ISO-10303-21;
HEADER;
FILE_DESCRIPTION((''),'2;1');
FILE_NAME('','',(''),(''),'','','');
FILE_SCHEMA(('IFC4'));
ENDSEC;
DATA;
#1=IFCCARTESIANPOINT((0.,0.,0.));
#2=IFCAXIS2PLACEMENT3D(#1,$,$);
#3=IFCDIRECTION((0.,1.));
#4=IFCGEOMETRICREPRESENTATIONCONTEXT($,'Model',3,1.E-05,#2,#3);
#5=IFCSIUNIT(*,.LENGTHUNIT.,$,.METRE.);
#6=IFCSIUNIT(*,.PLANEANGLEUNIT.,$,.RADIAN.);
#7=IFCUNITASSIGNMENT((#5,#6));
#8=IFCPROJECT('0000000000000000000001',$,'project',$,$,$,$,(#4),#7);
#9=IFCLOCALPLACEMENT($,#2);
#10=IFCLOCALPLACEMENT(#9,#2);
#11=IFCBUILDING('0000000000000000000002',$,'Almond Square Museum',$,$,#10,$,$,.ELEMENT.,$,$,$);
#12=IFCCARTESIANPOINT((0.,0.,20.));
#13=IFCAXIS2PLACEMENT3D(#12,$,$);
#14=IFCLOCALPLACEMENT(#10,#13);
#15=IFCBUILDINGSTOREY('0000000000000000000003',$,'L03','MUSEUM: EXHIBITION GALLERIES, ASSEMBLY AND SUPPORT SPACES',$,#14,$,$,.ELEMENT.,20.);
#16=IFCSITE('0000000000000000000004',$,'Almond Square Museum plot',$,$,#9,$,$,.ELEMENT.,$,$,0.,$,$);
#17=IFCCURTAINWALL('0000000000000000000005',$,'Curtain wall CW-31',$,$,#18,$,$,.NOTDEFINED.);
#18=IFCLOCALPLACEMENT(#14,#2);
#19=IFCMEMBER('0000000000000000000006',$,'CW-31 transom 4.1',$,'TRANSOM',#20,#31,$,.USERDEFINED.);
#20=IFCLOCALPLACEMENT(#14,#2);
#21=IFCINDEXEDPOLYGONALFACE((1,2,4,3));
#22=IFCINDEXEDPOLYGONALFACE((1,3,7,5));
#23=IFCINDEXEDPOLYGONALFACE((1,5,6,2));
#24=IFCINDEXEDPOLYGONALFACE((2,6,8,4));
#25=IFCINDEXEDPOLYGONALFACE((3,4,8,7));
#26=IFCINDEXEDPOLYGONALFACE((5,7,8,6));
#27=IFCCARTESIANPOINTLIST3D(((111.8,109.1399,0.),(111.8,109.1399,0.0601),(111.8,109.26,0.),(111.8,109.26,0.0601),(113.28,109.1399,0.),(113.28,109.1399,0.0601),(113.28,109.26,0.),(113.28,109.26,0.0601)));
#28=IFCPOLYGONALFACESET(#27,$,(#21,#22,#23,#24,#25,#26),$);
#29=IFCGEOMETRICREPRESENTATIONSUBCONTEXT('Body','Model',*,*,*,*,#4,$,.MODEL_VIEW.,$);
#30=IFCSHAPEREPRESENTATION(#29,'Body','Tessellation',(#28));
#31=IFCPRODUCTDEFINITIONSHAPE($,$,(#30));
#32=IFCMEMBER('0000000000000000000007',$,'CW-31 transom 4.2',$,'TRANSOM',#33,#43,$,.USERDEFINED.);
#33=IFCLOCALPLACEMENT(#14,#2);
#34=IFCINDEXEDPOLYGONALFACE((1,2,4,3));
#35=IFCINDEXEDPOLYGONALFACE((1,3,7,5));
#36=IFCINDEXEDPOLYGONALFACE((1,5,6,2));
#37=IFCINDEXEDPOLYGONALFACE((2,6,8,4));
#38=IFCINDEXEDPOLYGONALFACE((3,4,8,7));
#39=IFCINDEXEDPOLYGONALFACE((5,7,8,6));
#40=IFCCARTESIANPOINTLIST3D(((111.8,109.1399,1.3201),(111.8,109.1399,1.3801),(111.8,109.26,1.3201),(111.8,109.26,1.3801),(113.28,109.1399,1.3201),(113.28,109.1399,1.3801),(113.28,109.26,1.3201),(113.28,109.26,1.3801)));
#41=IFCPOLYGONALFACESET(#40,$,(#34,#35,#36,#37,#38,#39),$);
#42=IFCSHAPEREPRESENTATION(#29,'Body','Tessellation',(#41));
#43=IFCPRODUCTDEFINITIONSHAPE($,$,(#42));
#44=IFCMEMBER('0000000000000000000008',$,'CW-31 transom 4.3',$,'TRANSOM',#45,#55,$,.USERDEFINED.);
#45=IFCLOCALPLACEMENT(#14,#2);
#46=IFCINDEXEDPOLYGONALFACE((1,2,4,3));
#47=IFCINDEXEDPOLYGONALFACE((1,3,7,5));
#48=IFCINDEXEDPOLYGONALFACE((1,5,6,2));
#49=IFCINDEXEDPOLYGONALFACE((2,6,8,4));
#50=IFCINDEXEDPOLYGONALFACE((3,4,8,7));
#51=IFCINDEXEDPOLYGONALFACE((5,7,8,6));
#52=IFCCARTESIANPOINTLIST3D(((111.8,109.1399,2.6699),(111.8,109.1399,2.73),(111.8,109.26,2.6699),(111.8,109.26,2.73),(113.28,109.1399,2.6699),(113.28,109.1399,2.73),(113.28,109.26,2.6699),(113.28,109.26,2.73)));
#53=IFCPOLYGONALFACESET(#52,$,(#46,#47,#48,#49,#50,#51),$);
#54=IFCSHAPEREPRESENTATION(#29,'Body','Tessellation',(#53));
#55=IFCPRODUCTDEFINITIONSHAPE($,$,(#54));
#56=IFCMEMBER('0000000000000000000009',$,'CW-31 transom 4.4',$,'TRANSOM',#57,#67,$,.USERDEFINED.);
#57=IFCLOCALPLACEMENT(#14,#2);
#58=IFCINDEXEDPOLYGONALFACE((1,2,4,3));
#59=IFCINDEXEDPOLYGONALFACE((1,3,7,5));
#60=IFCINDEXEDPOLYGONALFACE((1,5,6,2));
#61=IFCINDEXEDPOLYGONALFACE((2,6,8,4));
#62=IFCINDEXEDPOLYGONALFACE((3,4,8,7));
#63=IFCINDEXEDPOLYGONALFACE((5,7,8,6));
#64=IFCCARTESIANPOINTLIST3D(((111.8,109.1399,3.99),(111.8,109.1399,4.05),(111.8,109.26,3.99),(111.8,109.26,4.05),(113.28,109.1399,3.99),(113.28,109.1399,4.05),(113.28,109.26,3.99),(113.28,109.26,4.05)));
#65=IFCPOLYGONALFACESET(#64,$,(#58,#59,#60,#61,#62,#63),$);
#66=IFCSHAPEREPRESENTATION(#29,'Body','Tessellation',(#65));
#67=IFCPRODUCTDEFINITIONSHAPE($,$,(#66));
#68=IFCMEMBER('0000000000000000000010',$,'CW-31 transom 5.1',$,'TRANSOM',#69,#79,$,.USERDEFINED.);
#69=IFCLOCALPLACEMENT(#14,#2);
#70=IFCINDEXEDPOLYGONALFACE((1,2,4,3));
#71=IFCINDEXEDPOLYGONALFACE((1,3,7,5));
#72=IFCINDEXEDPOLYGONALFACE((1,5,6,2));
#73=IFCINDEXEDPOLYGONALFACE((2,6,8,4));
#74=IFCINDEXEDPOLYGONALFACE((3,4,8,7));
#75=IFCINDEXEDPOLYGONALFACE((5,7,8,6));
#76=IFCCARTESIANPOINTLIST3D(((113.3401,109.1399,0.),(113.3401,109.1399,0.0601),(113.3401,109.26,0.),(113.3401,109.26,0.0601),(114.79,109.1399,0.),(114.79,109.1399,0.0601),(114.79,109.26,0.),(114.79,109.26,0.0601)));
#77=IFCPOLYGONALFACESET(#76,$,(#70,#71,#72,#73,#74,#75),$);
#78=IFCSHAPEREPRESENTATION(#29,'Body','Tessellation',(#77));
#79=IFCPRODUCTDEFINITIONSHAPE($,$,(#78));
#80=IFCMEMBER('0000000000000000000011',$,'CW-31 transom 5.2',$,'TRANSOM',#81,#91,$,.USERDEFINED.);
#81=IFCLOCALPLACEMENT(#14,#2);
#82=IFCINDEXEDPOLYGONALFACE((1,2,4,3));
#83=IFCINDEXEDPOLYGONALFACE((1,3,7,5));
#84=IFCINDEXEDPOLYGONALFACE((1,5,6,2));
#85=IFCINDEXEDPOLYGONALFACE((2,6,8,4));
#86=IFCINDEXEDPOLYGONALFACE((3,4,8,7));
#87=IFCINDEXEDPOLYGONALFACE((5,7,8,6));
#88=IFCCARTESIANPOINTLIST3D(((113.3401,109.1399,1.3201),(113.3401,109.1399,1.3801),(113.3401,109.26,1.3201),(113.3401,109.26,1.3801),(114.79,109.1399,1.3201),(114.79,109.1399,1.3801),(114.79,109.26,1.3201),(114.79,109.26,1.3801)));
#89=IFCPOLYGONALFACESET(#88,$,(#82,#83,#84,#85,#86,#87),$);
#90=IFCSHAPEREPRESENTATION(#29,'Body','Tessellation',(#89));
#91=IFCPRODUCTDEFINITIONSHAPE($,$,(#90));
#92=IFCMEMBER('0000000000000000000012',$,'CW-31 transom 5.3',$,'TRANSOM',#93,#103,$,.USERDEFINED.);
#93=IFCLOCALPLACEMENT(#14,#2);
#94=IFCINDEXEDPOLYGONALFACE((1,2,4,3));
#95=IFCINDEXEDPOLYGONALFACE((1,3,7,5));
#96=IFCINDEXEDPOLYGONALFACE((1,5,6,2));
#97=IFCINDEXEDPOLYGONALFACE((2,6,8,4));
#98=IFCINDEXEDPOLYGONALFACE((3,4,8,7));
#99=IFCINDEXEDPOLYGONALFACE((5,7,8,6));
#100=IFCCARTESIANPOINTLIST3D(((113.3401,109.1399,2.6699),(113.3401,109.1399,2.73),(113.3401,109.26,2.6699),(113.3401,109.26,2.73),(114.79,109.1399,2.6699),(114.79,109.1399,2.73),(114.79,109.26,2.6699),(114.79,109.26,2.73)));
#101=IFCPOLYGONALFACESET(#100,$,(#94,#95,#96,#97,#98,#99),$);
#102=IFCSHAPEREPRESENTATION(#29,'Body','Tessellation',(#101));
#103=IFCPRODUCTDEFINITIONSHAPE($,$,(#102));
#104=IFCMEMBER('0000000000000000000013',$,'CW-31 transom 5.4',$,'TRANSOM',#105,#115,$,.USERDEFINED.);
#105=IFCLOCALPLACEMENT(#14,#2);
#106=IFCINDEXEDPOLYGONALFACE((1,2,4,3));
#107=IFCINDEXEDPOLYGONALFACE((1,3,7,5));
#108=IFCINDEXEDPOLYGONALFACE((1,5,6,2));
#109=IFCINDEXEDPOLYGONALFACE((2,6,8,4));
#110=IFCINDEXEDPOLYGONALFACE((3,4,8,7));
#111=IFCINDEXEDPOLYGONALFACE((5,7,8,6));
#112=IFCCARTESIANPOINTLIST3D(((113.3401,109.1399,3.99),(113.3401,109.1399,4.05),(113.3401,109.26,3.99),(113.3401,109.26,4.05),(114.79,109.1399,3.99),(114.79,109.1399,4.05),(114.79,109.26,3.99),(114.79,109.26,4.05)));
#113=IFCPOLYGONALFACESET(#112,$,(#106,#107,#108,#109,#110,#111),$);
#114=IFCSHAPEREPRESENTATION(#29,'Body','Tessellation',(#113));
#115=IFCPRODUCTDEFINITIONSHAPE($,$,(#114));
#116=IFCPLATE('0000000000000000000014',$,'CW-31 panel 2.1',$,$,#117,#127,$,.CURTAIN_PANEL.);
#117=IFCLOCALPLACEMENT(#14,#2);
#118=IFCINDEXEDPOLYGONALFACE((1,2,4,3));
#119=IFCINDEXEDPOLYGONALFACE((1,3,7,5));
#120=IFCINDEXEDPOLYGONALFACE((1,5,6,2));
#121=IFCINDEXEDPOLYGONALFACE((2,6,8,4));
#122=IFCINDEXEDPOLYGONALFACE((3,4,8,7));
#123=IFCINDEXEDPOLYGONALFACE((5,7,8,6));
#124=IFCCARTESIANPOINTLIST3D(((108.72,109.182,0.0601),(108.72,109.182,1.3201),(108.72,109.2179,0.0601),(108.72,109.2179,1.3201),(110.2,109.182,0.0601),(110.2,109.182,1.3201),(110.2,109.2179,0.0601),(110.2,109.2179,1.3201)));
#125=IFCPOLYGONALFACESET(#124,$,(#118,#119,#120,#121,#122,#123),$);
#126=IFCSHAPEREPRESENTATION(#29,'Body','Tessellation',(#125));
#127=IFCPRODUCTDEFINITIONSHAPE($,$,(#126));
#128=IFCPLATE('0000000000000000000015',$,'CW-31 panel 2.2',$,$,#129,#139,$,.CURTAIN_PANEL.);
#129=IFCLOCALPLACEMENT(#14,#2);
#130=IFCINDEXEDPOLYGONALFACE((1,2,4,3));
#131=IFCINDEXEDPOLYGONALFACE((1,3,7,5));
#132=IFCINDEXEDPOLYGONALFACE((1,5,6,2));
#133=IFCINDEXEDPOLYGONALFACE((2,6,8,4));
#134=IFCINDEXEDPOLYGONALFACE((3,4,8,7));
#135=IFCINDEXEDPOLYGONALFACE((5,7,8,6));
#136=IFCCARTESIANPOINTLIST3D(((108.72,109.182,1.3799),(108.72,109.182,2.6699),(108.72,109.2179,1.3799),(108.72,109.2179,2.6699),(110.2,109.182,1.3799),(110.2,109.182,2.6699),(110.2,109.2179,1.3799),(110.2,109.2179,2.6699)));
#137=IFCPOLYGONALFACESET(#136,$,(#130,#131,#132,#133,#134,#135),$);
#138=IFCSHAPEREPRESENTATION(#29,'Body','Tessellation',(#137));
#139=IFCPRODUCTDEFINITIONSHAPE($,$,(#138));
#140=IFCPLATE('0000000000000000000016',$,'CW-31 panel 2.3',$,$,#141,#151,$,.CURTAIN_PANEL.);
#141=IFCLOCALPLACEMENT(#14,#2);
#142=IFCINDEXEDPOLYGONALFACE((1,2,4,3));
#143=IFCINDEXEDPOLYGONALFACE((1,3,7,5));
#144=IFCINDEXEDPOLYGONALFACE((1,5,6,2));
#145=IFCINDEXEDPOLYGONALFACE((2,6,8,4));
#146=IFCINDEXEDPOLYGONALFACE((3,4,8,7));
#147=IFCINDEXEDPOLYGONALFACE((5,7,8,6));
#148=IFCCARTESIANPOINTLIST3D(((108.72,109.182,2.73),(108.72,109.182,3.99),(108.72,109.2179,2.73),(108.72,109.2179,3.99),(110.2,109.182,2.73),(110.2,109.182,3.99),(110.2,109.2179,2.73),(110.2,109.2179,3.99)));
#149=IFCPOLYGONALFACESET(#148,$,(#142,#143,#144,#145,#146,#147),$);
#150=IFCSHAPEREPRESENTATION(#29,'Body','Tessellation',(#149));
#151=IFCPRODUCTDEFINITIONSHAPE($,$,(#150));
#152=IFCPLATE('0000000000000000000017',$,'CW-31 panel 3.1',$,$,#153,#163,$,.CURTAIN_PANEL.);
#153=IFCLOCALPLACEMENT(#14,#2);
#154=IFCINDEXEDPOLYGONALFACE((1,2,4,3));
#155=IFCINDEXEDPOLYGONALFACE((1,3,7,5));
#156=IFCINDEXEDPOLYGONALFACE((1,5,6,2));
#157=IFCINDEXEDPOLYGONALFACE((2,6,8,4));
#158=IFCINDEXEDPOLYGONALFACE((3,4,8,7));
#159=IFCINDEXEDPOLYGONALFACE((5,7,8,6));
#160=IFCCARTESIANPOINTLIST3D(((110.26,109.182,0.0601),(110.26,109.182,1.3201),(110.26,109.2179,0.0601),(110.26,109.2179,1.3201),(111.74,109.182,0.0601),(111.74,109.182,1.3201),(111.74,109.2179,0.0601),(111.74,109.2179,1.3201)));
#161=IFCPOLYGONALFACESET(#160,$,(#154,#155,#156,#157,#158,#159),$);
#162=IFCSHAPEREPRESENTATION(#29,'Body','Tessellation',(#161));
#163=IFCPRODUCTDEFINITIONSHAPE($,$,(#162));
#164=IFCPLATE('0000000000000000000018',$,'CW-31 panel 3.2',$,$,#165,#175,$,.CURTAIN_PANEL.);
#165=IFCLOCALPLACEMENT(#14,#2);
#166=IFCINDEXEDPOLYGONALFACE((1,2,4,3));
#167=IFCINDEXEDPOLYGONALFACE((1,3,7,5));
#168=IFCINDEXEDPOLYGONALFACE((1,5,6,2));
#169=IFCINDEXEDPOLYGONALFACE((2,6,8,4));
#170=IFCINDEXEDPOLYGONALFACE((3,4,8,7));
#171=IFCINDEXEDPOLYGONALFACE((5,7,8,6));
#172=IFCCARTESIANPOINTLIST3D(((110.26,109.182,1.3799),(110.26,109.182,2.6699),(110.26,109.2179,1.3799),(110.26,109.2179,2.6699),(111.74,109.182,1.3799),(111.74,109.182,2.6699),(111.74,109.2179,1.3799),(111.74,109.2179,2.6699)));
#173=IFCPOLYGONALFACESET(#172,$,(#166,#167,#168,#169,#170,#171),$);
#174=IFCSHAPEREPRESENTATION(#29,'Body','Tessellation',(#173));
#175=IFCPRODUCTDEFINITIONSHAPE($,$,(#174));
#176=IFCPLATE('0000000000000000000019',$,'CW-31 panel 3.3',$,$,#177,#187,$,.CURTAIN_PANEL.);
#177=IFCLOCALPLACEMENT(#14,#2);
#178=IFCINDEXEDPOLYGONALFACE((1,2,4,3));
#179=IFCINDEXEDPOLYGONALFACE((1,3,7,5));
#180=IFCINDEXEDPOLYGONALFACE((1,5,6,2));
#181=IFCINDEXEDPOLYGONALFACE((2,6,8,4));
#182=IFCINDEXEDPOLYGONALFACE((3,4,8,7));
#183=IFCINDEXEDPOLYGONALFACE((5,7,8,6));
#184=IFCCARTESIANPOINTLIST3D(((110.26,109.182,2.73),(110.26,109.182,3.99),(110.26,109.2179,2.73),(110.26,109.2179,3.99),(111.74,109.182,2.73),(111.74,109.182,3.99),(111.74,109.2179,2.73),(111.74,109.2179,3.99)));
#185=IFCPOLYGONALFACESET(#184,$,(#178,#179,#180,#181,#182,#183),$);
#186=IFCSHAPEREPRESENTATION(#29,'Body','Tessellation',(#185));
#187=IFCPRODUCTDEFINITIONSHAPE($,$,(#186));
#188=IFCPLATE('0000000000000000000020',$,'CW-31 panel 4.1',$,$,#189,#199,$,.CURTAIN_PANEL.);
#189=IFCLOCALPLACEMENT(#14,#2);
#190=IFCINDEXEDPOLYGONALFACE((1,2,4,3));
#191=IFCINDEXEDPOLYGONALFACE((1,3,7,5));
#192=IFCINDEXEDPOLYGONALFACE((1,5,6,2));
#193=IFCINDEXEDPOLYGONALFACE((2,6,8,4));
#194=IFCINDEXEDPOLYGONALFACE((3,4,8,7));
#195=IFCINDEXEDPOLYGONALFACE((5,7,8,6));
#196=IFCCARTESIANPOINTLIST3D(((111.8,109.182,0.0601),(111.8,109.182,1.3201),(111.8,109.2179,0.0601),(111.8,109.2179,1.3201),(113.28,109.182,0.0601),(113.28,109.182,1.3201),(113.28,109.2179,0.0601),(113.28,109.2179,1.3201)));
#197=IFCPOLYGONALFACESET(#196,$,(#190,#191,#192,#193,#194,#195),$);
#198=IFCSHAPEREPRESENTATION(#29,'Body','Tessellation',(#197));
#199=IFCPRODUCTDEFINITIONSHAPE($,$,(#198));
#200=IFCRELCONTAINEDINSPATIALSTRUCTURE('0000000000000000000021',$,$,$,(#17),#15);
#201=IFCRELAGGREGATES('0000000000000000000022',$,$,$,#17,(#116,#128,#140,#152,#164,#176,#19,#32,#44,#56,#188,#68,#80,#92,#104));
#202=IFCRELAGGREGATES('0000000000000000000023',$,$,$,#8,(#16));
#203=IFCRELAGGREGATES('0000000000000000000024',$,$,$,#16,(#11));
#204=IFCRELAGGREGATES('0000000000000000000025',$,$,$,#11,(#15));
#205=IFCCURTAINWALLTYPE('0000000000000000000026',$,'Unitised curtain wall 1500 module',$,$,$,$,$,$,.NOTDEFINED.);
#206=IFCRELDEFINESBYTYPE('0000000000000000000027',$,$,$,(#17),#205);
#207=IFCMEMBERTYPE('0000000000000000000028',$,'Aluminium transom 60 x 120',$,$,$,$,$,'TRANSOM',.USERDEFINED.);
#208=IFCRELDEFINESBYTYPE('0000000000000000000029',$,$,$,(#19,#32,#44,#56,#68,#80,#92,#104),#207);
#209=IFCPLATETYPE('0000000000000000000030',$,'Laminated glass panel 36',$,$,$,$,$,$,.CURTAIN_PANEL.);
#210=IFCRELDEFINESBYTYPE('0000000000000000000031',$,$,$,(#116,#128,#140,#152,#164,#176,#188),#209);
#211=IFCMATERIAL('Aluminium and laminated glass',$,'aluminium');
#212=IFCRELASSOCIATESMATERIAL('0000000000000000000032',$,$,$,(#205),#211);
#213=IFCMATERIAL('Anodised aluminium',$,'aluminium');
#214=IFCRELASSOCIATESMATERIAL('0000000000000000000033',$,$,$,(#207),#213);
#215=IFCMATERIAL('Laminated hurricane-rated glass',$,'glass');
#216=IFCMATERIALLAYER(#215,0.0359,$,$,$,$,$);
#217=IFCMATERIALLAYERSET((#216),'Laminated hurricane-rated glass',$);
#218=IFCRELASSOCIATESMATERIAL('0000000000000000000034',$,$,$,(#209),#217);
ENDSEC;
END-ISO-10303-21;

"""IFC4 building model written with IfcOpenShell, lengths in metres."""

from ifc_helpers import new_model, si_unit, direction, frame, origin, origin_2d, place, context, subcontext, project, spatial, rectangle, extrude, material, layer, layer_set, material_profile, profile_set, type_object, element, aggregate, save


model = new_model("IFC4")

# Units and contexts
model_context = context("Model", 3, precision=1e-05, world=origin(), true_north=direction((0.0, 1.0)))
body_context = subcontext(model_context, "Body", "Model", "MODEL_VIEW")
ifc_project = project(units=[si_unit("LENGTHUNIT", "METRE"), si_unit("PLANEANGLEUNIT", "RADIAN")], contexts=[model_context])

# Site, building, storey
site_placement = place(None, origin())
site = spatial("IfcSite", under=ifc_project, at=site_placement, Name="Almond Square Museum plot", CompositionType="ELEMENT", RefElevation=0.0)
building_placement = place(site_placement, origin())
building = spatial("IfcBuilding", under=site, at=building_placement, Name="Almond Square Museum", CompositionType="ELEMENT")
storey_placement = place(building_placement, frame((0.0, 0.0, 20.0)))
storey = spatial("IfcBuildingStorey", under=building, at=storey_placement, Name="L03", Description="MUSEUM: EXHIBITION GALLERIES, ASSEMBLY AND SUPPORT SPACES", CompositionType="ELEMENT", Elevation=20.0)

# Curtain wall, members, plates
ifc_material_1 = material(Name="Aluminium and laminated glass", Category="aluminium")
curtain_wall_type = type_object("IfcCurtainWallType", Name="Unitised curtain wall 1500 module", PredefinedType="NOTDEFINED", material=ifc_material_1)
curtain_wall_placement = place(storey_placement, origin())
curtain_wall = element("IfcCurtainWall", 1, at=curtain_wall_placement, inside=storey, type_object=curtain_wall_type, Name="Curtain wall CW-31", PredefinedType="NOTDEFINED")
ifc_material_2 = material(Name="Anodised aluminium", Category="aluminium")
ifc_material_profile_1 = material_profile(ifc_material_2, rectangle(XDim=0.1201, YDim=0.0601, at=origin_2d()))
ifc_profile_set_1 = profile_set([ifc_material_profile_1], Name="Anodised aluminium")
member_type_1 = type_object("IfcMemberType", Name="Aluminium transom 60 x 120", ElementType="TRANSOM", PredefinedType="USERDEFINED", material=ifc_profile_set_1)
member_1_placement = place(storey_placement, frame((111.8, 109.2, 0.03), z_axis=(1.0, 0.0, 0.0), x_axis=(0.0, 1.0, 0.0)))
member_1 = element("IfcMember", 2, at=member_1_placement, type_object=member_type_1, Name="CW-31 transom 4.1", ObjectType="TRANSOM", PredefinedType="USERDEFINED", context=body_context, shape_type="SweptSolid", body=[
    extrude(rectangle(XDim=0.1201, YDim=0.0601, at=origin_2d()), origin(), (0.0, 0.0, 1.0), 1.48),
])
member_2_placement = place(storey_placement, frame((111.8, 109.2, 1.3501), z_axis=(1.0, 0.0, 0.0), x_axis=(0.0, 1.0, 0.0)))
member_2 = element("IfcMember", 3, at=member_2_placement, type_object=member_type_1, Name="CW-31 transom 4.2", ObjectType="TRANSOM", PredefinedType="USERDEFINED", context=body_context, shape_type="SweptSolid", body=[
    extrude(rectangle(XDim=0.1201, YDim=0.0601, at=origin_2d()), origin(), (0.0, 0.0, 1.0), 1.48),
])
member_3_placement = place(storey_placement, frame((111.8, 109.2, 2.7), z_axis=(1.0, 0.0, 0.0), x_axis=(0.0, 1.0, 0.0)))
member_3 = element("IfcMember", 4, at=member_3_placement, type_object=member_type_1, Name="CW-31 transom 4.3", ObjectType="TRANSOM", PredefinedType="USERDEFINED", context=body_context, shape_type="SweptSolid", body=[
    extrude(rectangle(XDim=0.1201, YDim=0.0601, at=origin_2d()), origin(), (0.0, 0.0, 1.0), 1.48),
])
member_4_placement = place(storey_placement, frame((111.8, 109.2, 4.02), z_axis=(1.0, 0.0, 0.0), x_axis=(0.0, 1.0, 0.0)))
member_4 = element("IfcMember", 5, at=member_4_placement, type_object=member_type_1, Name="CW-31 transom 4.4", ObjectType="TRANSOM", PredefinedType="USERDEFINED", context=body_context, shape_type="SweptSolid", body=[
    extrude(rectangle(XDim=0.1201, YDim=0.0601, at=origin_2d()), origin(), (0.0, 0.0, 1.0), 1.48),
])
member_5_placement = place(storey_placement, frame((113.3401, 109.2, 0.03), z_axis=(1.0, 0.0, 0.0), x_axis=(0.0, 1.0, 0.0)))
member_5 = element("IfcMember", 6, at=member_5_placement, type_object=member_type_1, Name="CW-31 transom 5.1", ObjectType="TRANSOM", PredefinedType="USERDEFINED", context=body_context, shape_type="SweptSolid", body=[
    extrude(rectangle(XDim=0.1201, YDim=0.0601, at=origin_2d()), origin(), (0.0, 0.0, 1.0), 1.45),
])
member_6_placement = place(storey_placement, frame((113.3401, 109.2, 1.3501), z_axis=(1.0, 0.0, 0.0), x_axis=(0.0, 1.0, 0.0)))
member_6 = element("IfcMember", 7, at=member_6_placement, type_object=member_type_1, Name="CW-31 transom 5.2", ObjectType="TRANSOM", PredefinedType="USERDEFINED", context=body_context, shape_type="SweptSolid", body=[
    extrude(rectangle(XDim=0.1201, YDim=0.0601, at=origin_2d()), origin(), (0.0, 0.0, 1.0), 1.45),
])
member_7_placement = place(storey_placement, frame((113.3401, 109.2, 2.7), z_axis=(1.0, 0.0, 0.0), x_axis=(0.0, 1.0, 0.0)))
member_7 = element("IfcMember", 8, at=member_7_placement, type_object=member_type_1, Name="CW-31 transom 5.3", ObjectType="TRANSOM", PredefinedType="USERDEFINED", context=body_context, shape_type="SweptSolid", body=[
    extrude(rectangle(XDim=0.1201, YDim=0.0601, at=origin_2d()), origin(), (0.0, 0.0, 1.0), 1.45),
])
member_8_placement = place(storey_placement, frame((113.3401, 109.2, 4.02), z_axis=(1.0, 0.0, 0.0), x_axis=(0.0, 1.0, 0.0)))
member_8 = element("IfcMember", 9, at=member_8_placement, type_object=member_type_1, Name="CW-31 transom 5.4", ObjectType="TRANSOM", PredefinedType="USERDEFINED", context=body_context, shape_type="SweptSolid", body=[
    extrude(rectangle(XDim=0.1201, YDim=0.0601, at=origin_2d()), origin(), (0.0, 0.0, 1.0), 1.45),
])
ifc_material_3 = material(Name="Laminated hurricane-rated glass", Category="glass")
ifc_layer_1 = layer(ifc_material_3, 0.0359)
ifc_layer_set_1 = layer_set([ifc_layer_1], Name="Laminated hurricane-rated glass")
plate_type = type_object("IfcPlateType", Name="Laminated glass panel 36", PredefinedType="CURTAIN_PANEL", material=ifc_layer_set_1)
plate_1_placement = place(storey_placement, frame((109.46, 109.2, 0.0601), z_axis=(0.0, 0.0, 1.0), x_axis=(1.0, 0.0, 0.0)))
plate_1 = element("IfcPlate", 10, at=plate_1_placement, type_object=plate_type, Name="CW-31 panel 2.1", PredefinedType="CURTAIN_PANEL", context=body_context, shape_type="SweptSolid", body=[
    extrude(rectangle(XDim=1.48, YDim=0.0359, at=origin_2d()), origin(), (0.0, 0.0, 1.0), 1.26),
])
plate_2_placement = place(storey_placement, frame((109.46, 109.2, 1.3799), z_axis=(0.0, 0.0, 1.0), x_axis=(1.0, 0.0, 0.0)))
plate_2 = element("IfcPlate", 11, at=plate_2_placement, type_object=plate_type, Name="CW-31 panel 2.2", PredefinedType="CURTAIN_PANEL", context=body_context, shape_type="SweptSolid", body=[
    extrude(rectangle(XDim=1.48, YDim=0.0359, at=origin_2d()), origin(), (0.0, 0.0, 1.0), 1.29),
])
plate_3_placement = place(storey_placement, frame((109.46, 109.2, 2.73), z_axis=(0.0, 0.0, 1.0), x_axis=(1.0, 0.0, 0.0)))
plate_3 = element("IfcPlate", 12, at=plate_3_placement, type_object=plate_type, Name="CW-31 panel 2.3", PredefinedType="CURTAIN_PANEL", context=body_context, shape_type="SweptSolid", body=[
    extrude(rectangle(XDim=1.48, YDim=0.0359, at=origin_2d()), origin(), (0.0, 0.0, 1.0), 1.26),
])
plate_4_placement = place(storey_placement, frame((111.0, 109.2, 0.0601), z_axis=(0.0, 0.0, 1.0), x_axis=(1.0, 0.0, 0.0)))
plate_4 = element("IfcPlate", 13, at=plate_4_placement, type_object=plate_type, Name="CW-31 panel 3.1", PredefinedType="CURTAIN_PANEL", context=body_context, shape_type="SweptSolid", body=[
    extrude(rectangle(XDim=1.48, YDim=0.0359, at=origin_2d()), origin(), (0.0, 0.0, 1.0), 1.26),
])
plate_5_placement = place(storey_placement, frame((111.0, 109.2, 1.3799), z_axis=(0.0, 0.0, 1.0), x_axis=(1.0, 0.0, 0.0)))
plate_5 = element("IfcPlate", 14, at=plate_5_placement, type_object=plate_type, Name="CW-31 panel 3.2", PredefinedType="CURTAIN_PANEL", context=body_context, shape_type="SweptSolid", body=[
    extrude(rectangle(XDim=1.48, YDim=0.0359, at=origin_2d()), origin(), (0.0, 0.0, 1.0), 1.29),
])
plate_6_placement = place(storey_placement, frame((111.0, 109.2, 2.73), z_axis=(0.0, 0.0, 1.0), x_axis=(1.0, 0.0, 0.0)))
plate_6 = element("IfcPlate", 15, at=plate_6_placement, type_object=plate_type, Name="CW-31 panel 3.3", PredefinedType="CURTAIN_PANEL", context=body_context, shape_type="SweptSolid", body=[
    extrude(rectangle(XDim=1.48, YDim=0.0359, at=origin_2d()), origin(), (0.0, 0.0, 1.0), 1.26),
])
plate_7_placement = place(storey_placement, frame((112.54, 109.2, 0.0601), z_axis=(0.0, 0.0, 1.0), x_axis=(1.0, 0.0, 0.0)))
plate_7 = element("IfcPlate", 16, at=plate_7_placement, type_object=plate_type, Name="CW-31 panel 4.1", PredefinedType="CURTAIN_PANEL", context=body_context, shape_type="SweptSolid", body=[
    extrude(rectangle(XDim=1.48, YDim=0.0359, at=origin_2d()), origin(), (0.0, 0.0, 1.0), 1.26),
])
aggregate(curtain_wall, [plate_1, plate_2, plate_3, plate_4, plate_5, plate_6, member_1, member_2, member_3, member_4, plate_7, member_5, member_6, member_7, member_8])

save(model, "model.ifc")
